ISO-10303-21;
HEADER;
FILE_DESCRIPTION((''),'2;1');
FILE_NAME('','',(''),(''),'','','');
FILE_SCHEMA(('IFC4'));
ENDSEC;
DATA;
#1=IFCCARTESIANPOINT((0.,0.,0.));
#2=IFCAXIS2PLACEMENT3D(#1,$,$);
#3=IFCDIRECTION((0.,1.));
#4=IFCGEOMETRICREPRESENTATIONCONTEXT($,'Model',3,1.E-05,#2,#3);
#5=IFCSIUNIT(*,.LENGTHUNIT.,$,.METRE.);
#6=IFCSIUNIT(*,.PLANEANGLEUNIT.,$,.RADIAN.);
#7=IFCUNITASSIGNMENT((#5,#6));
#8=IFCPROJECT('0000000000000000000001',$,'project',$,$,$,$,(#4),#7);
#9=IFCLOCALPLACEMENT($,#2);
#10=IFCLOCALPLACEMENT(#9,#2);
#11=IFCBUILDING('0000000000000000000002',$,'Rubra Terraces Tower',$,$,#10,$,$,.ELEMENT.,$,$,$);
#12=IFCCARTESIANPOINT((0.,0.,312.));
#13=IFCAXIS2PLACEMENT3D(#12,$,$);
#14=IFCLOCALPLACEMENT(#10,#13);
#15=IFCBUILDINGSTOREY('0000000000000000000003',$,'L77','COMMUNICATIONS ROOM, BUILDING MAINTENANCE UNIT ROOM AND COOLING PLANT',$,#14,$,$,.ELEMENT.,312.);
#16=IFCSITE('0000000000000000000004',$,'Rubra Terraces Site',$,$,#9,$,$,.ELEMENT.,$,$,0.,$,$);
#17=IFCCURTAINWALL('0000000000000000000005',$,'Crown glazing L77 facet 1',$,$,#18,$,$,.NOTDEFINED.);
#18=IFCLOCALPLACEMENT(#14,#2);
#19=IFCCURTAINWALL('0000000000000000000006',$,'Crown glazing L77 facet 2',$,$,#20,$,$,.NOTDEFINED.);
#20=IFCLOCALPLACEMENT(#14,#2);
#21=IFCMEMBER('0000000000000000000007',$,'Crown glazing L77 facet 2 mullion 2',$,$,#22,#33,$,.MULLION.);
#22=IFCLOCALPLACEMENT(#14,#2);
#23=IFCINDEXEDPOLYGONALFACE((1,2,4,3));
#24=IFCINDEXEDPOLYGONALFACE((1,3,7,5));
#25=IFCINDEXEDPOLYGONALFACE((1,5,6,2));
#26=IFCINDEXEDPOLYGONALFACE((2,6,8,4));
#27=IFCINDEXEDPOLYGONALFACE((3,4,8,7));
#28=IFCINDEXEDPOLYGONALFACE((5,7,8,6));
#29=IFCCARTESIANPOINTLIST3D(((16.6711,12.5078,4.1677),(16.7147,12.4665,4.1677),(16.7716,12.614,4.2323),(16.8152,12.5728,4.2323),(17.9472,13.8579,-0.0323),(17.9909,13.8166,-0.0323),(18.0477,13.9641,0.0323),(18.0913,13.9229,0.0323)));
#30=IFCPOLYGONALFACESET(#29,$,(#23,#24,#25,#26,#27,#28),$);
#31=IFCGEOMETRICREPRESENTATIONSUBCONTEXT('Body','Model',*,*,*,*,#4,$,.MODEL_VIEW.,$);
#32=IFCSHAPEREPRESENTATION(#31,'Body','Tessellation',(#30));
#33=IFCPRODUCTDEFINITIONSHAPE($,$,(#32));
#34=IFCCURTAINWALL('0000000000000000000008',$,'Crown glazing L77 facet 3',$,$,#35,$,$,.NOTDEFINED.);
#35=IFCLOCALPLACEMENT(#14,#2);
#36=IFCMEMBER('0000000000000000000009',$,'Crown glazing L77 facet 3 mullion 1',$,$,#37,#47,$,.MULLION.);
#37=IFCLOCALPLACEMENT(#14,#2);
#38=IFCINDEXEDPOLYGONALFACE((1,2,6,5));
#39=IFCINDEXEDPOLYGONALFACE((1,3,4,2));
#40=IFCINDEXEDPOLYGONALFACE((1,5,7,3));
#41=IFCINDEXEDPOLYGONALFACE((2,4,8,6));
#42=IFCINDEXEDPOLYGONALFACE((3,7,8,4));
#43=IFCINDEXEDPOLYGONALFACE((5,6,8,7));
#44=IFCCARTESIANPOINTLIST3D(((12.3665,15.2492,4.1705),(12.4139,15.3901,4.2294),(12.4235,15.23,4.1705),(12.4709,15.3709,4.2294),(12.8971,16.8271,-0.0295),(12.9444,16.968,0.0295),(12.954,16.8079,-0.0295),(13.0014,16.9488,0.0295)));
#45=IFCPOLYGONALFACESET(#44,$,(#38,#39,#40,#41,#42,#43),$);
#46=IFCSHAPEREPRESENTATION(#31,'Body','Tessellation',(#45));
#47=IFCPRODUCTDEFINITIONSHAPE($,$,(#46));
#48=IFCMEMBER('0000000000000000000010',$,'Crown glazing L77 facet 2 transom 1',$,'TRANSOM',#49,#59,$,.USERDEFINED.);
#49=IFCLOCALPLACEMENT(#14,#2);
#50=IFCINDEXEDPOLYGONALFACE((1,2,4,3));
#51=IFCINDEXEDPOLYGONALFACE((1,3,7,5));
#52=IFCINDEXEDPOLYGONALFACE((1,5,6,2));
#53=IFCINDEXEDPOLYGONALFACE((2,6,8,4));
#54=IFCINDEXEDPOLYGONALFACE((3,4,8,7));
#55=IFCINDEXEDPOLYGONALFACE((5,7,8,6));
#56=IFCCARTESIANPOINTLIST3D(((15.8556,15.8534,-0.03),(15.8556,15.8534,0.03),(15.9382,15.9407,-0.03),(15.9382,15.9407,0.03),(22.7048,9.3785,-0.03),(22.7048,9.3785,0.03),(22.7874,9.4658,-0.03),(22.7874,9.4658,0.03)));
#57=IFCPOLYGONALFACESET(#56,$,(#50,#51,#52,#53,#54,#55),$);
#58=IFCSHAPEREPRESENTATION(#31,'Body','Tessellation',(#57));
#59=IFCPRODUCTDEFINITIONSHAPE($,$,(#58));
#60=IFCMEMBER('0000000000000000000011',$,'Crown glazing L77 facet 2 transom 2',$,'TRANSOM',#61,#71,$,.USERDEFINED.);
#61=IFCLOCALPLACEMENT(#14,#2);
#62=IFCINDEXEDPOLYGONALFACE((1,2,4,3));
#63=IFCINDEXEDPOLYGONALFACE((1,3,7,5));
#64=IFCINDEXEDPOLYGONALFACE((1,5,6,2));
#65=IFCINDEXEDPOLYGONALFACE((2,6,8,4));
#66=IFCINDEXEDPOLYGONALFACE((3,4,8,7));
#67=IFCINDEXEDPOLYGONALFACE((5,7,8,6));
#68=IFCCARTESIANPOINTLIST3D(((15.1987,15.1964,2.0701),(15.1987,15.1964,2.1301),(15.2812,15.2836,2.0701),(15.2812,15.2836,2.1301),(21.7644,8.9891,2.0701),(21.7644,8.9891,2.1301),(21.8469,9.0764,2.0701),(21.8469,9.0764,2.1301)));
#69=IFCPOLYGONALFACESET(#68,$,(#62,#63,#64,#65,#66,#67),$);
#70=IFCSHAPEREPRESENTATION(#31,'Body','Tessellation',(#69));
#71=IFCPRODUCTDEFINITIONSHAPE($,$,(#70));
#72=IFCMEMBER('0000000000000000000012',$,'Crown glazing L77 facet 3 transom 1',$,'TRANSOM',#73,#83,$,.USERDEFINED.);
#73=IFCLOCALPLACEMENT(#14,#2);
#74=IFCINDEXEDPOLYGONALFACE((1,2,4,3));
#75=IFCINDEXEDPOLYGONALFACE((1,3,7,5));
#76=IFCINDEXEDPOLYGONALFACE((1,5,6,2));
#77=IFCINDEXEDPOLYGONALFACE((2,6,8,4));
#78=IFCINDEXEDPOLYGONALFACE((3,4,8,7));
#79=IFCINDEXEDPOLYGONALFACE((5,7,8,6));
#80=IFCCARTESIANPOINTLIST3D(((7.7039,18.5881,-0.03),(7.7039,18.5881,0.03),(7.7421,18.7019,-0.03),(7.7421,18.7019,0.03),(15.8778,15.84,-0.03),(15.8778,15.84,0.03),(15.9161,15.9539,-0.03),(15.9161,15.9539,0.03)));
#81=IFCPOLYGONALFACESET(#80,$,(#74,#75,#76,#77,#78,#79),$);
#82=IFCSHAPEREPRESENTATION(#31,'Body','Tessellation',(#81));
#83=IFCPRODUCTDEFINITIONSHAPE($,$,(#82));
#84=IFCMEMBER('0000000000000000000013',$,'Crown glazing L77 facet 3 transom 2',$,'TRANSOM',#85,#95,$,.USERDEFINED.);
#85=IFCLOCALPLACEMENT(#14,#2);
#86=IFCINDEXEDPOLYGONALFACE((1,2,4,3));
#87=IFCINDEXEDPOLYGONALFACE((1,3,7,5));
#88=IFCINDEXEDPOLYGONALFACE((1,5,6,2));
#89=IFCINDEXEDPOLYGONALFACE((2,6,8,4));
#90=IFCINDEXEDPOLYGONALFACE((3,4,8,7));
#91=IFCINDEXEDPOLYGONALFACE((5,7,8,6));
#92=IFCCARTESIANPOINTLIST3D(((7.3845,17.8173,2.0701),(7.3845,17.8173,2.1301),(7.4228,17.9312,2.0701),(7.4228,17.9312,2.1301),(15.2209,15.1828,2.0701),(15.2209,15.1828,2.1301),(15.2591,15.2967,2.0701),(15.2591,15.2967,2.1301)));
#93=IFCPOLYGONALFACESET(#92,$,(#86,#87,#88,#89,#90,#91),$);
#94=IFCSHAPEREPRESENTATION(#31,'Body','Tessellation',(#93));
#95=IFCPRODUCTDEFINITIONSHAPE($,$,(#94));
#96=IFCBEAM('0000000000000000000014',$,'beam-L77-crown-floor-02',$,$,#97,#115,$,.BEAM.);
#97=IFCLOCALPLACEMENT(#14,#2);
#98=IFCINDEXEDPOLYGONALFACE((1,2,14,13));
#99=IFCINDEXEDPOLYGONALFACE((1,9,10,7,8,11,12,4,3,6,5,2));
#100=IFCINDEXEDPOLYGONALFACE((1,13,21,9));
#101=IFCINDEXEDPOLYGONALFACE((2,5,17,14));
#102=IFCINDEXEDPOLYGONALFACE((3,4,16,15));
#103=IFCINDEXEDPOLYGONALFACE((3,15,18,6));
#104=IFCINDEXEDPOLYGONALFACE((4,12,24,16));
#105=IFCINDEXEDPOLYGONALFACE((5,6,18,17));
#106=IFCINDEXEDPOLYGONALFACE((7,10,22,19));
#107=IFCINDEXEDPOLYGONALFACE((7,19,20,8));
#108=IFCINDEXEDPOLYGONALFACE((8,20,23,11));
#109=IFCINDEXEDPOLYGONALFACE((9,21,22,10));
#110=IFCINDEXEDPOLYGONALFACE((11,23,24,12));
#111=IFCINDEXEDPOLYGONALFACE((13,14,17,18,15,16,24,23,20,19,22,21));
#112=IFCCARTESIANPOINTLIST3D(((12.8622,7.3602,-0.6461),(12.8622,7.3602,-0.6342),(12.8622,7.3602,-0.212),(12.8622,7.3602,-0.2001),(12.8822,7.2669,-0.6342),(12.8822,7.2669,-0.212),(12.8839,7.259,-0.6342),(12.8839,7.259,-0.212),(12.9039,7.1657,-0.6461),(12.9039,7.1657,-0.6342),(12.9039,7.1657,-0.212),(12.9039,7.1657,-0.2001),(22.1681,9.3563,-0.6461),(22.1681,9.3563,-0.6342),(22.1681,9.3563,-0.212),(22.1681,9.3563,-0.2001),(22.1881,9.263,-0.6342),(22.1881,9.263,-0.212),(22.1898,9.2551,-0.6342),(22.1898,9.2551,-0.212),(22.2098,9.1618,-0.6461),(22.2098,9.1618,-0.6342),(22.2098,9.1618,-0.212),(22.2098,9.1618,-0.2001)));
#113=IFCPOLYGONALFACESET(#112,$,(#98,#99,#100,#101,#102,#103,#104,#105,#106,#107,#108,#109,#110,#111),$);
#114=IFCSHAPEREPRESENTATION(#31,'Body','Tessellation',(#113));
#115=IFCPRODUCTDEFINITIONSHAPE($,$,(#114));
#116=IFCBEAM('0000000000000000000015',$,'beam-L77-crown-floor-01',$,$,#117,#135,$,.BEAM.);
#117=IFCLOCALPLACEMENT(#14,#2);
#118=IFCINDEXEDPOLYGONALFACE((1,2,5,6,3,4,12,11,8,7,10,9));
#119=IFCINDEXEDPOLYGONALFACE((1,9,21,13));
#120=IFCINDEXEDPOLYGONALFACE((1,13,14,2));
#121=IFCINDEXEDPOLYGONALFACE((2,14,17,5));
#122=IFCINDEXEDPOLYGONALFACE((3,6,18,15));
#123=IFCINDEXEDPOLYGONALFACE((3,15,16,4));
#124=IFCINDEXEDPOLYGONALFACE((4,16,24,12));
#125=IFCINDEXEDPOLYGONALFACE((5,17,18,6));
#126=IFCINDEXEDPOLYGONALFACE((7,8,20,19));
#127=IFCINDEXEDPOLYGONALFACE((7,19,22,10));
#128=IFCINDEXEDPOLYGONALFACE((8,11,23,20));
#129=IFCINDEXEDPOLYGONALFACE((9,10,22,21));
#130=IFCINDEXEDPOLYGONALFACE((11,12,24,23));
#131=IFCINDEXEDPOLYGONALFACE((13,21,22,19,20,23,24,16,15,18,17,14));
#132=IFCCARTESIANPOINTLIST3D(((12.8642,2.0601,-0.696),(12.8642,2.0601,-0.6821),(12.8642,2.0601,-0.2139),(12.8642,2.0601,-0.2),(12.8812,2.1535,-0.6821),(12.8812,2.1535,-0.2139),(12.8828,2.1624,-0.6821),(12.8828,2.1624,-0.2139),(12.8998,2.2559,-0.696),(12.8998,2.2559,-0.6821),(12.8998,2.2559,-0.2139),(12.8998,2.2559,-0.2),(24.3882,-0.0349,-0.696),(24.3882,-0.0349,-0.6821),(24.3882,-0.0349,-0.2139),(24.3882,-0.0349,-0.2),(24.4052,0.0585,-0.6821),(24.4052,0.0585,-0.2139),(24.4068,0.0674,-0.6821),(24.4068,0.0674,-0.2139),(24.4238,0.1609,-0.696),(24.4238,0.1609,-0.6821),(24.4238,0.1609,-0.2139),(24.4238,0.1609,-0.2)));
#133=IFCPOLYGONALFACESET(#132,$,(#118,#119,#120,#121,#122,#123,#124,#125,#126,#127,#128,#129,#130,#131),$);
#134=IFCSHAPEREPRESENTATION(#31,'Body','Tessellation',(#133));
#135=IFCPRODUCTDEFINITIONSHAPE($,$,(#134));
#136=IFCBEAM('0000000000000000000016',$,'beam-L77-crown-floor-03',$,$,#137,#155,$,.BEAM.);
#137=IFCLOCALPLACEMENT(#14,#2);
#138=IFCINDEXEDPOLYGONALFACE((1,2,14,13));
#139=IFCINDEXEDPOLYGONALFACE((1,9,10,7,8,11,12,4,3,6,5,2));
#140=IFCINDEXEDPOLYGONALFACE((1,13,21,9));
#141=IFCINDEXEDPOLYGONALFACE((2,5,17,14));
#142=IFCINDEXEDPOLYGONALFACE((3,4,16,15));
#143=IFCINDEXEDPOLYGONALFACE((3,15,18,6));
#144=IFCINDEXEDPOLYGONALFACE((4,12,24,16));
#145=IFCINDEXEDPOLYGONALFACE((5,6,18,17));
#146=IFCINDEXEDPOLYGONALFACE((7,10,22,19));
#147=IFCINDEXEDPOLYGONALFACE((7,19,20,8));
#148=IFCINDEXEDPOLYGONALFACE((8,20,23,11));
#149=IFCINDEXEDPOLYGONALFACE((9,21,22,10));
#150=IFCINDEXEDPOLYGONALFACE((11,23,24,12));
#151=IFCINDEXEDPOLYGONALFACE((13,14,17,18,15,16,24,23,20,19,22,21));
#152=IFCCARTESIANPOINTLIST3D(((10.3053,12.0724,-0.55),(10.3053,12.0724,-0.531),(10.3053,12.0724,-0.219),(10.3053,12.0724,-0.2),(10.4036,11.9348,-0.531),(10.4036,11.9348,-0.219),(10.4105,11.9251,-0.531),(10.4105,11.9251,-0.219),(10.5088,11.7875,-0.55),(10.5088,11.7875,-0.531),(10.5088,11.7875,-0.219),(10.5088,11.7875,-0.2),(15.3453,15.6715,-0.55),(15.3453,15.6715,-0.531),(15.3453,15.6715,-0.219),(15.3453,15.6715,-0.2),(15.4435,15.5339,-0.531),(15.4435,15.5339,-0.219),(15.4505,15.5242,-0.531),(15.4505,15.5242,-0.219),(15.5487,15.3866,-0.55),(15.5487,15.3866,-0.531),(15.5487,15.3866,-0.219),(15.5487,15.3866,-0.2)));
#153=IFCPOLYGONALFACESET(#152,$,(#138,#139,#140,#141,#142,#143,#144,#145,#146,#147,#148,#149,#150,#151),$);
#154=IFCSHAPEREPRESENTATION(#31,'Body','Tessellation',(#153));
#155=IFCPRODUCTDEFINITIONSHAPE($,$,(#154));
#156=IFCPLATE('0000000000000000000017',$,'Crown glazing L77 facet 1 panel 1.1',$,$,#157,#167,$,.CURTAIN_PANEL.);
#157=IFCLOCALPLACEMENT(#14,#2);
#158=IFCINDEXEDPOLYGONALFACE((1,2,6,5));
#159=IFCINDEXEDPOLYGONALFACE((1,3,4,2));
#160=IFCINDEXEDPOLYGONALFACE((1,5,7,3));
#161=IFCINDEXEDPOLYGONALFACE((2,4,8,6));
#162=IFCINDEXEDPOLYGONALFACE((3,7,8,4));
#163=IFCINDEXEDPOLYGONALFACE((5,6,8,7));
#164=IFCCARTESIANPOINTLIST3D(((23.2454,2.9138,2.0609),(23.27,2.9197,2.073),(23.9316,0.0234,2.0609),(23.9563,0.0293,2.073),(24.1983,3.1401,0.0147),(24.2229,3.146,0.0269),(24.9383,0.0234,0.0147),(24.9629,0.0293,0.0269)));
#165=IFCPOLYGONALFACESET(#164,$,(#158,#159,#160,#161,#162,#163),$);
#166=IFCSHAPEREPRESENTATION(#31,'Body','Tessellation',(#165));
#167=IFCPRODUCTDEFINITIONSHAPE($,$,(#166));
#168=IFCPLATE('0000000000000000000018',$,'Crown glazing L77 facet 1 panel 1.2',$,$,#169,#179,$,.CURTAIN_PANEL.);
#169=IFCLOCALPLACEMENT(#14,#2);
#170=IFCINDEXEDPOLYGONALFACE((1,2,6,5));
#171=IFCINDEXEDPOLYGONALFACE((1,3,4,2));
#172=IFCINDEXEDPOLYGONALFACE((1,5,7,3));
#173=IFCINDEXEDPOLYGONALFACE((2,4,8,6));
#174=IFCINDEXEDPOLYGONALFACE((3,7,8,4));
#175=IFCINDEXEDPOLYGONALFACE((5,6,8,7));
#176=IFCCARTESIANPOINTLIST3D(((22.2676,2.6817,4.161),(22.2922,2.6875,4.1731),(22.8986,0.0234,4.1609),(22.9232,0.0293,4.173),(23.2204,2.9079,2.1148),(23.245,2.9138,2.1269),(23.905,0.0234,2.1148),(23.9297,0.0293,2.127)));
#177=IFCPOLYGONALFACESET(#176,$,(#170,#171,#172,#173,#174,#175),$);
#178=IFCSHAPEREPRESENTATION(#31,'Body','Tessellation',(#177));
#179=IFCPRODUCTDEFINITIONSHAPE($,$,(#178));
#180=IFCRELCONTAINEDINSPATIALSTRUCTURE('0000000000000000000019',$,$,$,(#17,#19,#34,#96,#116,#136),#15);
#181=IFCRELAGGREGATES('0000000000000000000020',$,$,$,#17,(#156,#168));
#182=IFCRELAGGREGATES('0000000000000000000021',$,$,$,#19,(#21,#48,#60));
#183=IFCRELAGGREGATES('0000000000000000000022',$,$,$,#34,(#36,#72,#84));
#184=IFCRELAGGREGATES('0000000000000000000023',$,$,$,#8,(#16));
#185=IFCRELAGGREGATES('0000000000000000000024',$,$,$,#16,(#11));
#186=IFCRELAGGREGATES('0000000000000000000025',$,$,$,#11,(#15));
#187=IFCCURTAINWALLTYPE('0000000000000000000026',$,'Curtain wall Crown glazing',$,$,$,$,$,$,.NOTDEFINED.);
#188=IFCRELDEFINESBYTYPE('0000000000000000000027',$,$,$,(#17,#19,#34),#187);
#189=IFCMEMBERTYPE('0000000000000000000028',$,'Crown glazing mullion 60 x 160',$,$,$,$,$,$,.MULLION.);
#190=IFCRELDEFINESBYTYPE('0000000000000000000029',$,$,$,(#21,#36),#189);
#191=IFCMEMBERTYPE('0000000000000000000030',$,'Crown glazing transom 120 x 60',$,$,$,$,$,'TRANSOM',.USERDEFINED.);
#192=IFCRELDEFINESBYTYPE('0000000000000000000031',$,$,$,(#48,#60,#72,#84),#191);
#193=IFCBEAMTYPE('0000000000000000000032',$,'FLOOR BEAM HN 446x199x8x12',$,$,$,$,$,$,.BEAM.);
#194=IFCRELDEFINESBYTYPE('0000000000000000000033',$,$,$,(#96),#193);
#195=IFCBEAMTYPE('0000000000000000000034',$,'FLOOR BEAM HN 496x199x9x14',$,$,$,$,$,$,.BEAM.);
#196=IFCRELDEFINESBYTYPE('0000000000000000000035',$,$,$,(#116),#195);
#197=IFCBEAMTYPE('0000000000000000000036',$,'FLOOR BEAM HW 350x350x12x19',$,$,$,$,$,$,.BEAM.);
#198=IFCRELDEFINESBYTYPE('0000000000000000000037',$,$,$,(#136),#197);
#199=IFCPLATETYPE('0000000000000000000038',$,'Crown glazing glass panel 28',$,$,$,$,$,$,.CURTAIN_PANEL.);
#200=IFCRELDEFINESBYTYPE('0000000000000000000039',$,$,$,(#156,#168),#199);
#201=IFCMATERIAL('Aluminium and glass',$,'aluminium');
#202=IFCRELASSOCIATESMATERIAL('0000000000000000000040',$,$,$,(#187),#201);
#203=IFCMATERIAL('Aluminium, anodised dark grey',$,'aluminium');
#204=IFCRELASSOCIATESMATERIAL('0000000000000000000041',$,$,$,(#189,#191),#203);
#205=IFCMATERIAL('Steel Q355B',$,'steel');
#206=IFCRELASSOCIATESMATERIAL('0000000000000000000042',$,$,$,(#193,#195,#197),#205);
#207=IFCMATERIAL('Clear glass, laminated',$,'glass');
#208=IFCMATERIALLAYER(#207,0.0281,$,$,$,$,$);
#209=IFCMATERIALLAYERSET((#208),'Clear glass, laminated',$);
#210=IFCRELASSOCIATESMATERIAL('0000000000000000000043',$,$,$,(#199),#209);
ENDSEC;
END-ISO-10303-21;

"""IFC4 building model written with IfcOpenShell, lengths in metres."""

from ifc_helpers import new_model, si_unit, direction, frame, origin, origin_2d, place, context, subcontext, project, spatial, polyline, rectangle, i_section, outline, extrude, material, layer, layer_set, material_profile, profile_set, type_object, element, aggregate, save


model = new_model("IFC4")

# Units and contexts
model_context = context("Model", 3, precision=1e-05, world=origin(), true_north=direction((0.0, 1.0)))
body_context = subcontext(model_context, "Body", "Model", "MODEL_VIEW")
ifc_project = project(units=[si_unit("LENGTHUNIT", "METRE"), si_unit("PLANEANGLEUNIT", "RADIAN")], contexts=[model_context])

# Site, building, storey
site_placement = place(None, origin())
site = spatial("IfcSite", under=ifc_project, at=site_placement, Name="Rubra Terraces Site", CompositionType="ELEMENT", RefElevation=0.0)
building_placement = place(site_placement, origin())
building = spatial("IfcBuilding", under=site, at=building_placement, Name="Rubra Terraces Tower", CompositionType="ELEMENT")
storey_placement = place(building_placement, frame((0.0, 0.0, 312.0)))
storey = spatial("IfcBuildingStorey", under=building, at=storey_placement, Name="L77", Description="COMMUNICATIONS ROOM, BUILDING MAINTENANCE UNIT ROOM AND COOLING PLANT", CompositionType="ELEMENT", Elevation=312.0)

# Shared definitions
ifc_material_1 = material(Name="Steel Q355B", Category="steel")

# Curtain walls, member
ifc_material_2 = material(Name="Aluminium and glass", Category="aluminium")
curtain_wall_type = type_object("IfcCurtainWallType", Name="Curtain wall Crown glazing", PredefinedType="NOTDEFINED", material=ifc_material_2)
curtain_wall_1_placement = place(storey_placement, origin())
curtain_wall_1 = element("IfcCurtainWall", 1, at=curtain_wall_1_placement, inside=storey, type_object=curtain_wall_type, Name="Crown glazing L77 facet 1", PredefinedType="NOTDEFINED")
ifc_material_3 = material(Name="Aluminium, anodised dark grey", Category="aluminium")
ifc_material_profile_1 = material_profile(ifc_material_3, rectangle(XDim=0.0601, YDim=0.1599, at=origin_2d()), Name="AL 60x160")
ifc_profile_set_1 = profile_set([ifc_material_profile_1], Name="Aluminium, anodised dark grey")
member_type_1 = type_object("IfcMemberType", Name="Crown glazing mullion 60 x 160", PredefinedType="MULLION", material=ifc_profile_set_1)
curtain_wall_2_placement = place(storey_placement, origin())
curtain_wall_2 = element("IfcCurtainWall", 2, at=curtain_wall_2_placement, inside=storey, type_object=curtain_wall_type, Name="Crown glazing L77 facet 2", PredefinedType="NOTDEFINED")
member_1_placement = place(storey_placement, frame((18.0193, 13.8904, 0.0), z_axis=(-0.277873, -0.29398, 0.914529), x_axis=(0.726736, -0.686917, 0.0)))
member_1 = element("IfcMember", 3, at=member_1_placement, type_object=member_type_1, Name="Crown glazing L77 facet 2 mullion 2", PredefinedType="MULLION", context=body_context, shape_type="SweptSolid", body=[
    extrude(rectangle(XDim=0.0601, YDim=0.1599, at=origin_2d()), origin(), (0.0, 0.0, 1.0), 4.5925),
])

# Curtain wall, member
curtain_wall_3_placement = place(storey_placement, origin())
curtain_wall_3 = element("IfcCurtainWall", 4, at=curtain_wall_3_placement, inside=storey, type_object=curtain_wall_type, Name="Crown glazing L77 facet 3", PredefinedType="NOTDEFINED")
member_2_placement = place(storey_placement, frame((12.9492, 16.8879, 0.0), z_axis=(-0.117428, -0.349257, 0.92964), x_axis=(0.947859, -0.318691, 0.0)))
member_2 = element("IfcMember", 5, at=member_2_placement, type_object=member_type_1, Name="Crown glazing L77 facet 3 mullion 1", PredefinedType="MULLION", context=body_context, shape_type="SweptSolid", body=[
    extrude(rectangle(XDim=0.0601, YDim=0.1599, at=origin_2d()), origin(), (0.0, 0.0, 1.0), 4.5178),
])

# Members
ifc_material_profile_2 = material_profile(ifc_material_3, rectangle(XDim=0.1201, YDim=0.0601, at=origin_2d()), Name="AL 120x60")
ifc_profile_set_2 = profile_set([ifc_material_profile_2], Name="Aluminium, anodised dark grey")
member_type_2 = type_object("IfcMemberType", Name="Crown glazing transom 120 x 60", ElementType="TRANSOM", PredefinedType="USERDEFINED", material=ifc_profile_set_2)
member_3_placement = place(storey_placement, frame((22.7461, 9.4221, 0.0), z_axis=(-0.726683, 0.686973, 0.0), x_axis=(-0.686973, -0.726683, 0.0)))
member_3 = element("IfcMember", 6, at=member_3_placement, type_object=member_type_2, Name="Crown glazing L77 facet 2 transom 1", ObjectType="TRANSOM", PredefinedType="USERDEFINED", context=body_context, shape_type="SweptSolid", body=[
    extrude(rectangle(XDim=0.1201, YDim=0.0601, at=origin_2d()), origin(), (0.0, 0.0, 1.0), 9.4253),
])
member_4_placement = place(storey_placement, frame((21.8057, 9.0327, 2.1001), z_axis=(-0.726662, 0.686996, 0.0), x_axis=(-0.686996, -0.726662, 0.0)))
member_4 = element("IfcMember", 7, at=member_4_placement, type_object=member_type_2, Name="Crown glazing L77 facet 2 transom 2", ObjectType="TRANSOM", PredefinedType="USERDEFINED", context=body_context, shape_type="SweptSolid", body=[
    extrude(rectangle(XDim=0.1201, YDim=0.0601, at=origin_2d()), origin(), (0.0, 0.0, 1.0), 9.0354),
])
member_5_placement = place(storey_placement, frame((15.897, 15.897, 0.0), z_axis=(-0.947868, 0.318664, 0.0), x_axis=(-0.318664, -0.947868, 0.0)))
member_5 = element("IfcMember", 8, at=member_5_placement, type_object=member_type_2, Name="Crown glazing L77 facet 3 transom 1", ObjectType="TRANSOM", PredefinedType="USERDEFINED", context=body_context, shape_type="SweptSolid", body=[
    extrude(rectangle(XDim=0.1201, YDim=0.0601, at=origin_2d()), origin(), (0.0, 0.0, 1.0), 8.6235),
])
member_6_placement = place(storey_placement, frame((15.24, 15.2397, 2.1001), z_axis=(-0.947868, 0.318663, 0.0), x_axis=(-0.318663, -0.947868, 0.0)))
member_6 = element("IfcMember", 9, at=member_6_placement, type_object=member_type_2, Name="Crown glazing L77 facet 3 transom 2", ObjectType="TRANSOM", PredefinedType="USERDEFINED", context=body_context, shape_type="SweptSolid", body=[
    extrude(rectangle(XDim=0.1201, YDim=0.0601, at=origin_2d()), origin(), (0.0, 0.0, 1.0), 8.2673),
])

# Beams
ifc_material_profile_3 = material_profile(ifc_material_1, i_section(OverallWidth=0.199, OverallDepth=0.446, WebThickness=0.0081, FlangeThickness=0.012, at=origin_2d()), Name="HN 446x199x8x12")
ifc_profile_set_3 = profile_set([ifc_material_profile_3], Name="Steel Q355B")
beam_type_1 = type_object("IfcBeamType", Name="FLOOR BEAM HN 446x199x8x12", PredefinedType="BEAM", material=ifc_profile_set_3)
beam_1_placement = place(storey_placement, frame((22.189, 9.259, -0.4231), z_axis=(-0.97776, -0.209727, 0.0), x_axis=(0.209727, -0.97776, 0.0)))
element("IfcBeam", 10, at=beam_1_placement, inside=storey, type_object=beam_type_1, Name="beam-L77-crown-floor-02", PredefinedType="BEAM", context=body_context, shape_type="SweptSolid", body=[
    extrude(i_section(OverallWidth=0.199, OverallDepth=0.446, WebThickness=0.0081, FlangeThickness=0.012, at=origin_2d()), origin(), (0.0, 0.0, 1.0), 9.5176),
])
ifc_material_profile_4 = material_profile(ifc_material_1, i_section(OverallWidth=0.199, OverallDepth=0.4961, WebThickness=0.009, FlangeThickness=0.0139, at=origin_2d()), Name="HN 496x199x9x14")
ifc_profile_set_4 = profile_set([ifc_material_profile_4], Name="Steel Q355B")
beam_type_2 = type_object("IfcBeamType", Name="FLOOR BEAM HN 496x199x9x14", PredefinedType="BEAM", material=ifc_profile_set_4)
beam_2_placement = place(storey_placement, frame((24.406, 0.063, -0.448), z_axis=(-0.983874, 0.178862, 0.0), x_axis=(-0.178862, -0.983874, 0.0)))
element("IfcBeam", 11, at=beam_2_placement, inside=storey, type_object=beam_type_2, Name="beam-L77-crown-floor-01", PredefinedType="BEAM", context=body_context, shape_type="SweptSolid", body=[
    extrude(i_section(OverallWidth=0.199, OverallDepth=0.4961, WebThickness=0.009, FlangeThickness=0.0139, at=origin_2d()), origin(), (0.0, 0.0, 1.0), 11.7129),
])
ifc_material_profile_5 = material_profile(ifc_material_1, i_section(OverallWidth=0.3501, OverallDepth=0.3501, WebThickness=0.012, FlangeThickness=0.019, at=origin_2d()), Name="HW 350x350x12x19")
ifc_profile_set_5 = profile_set([ifc_material_profile_5], Name="Steel Q355B")
beam_type_3 = type_object("IfcBeamType", Name="FLOOR BEAM HW 350x350x12x19", PredefinedType="BEAM", material=ifc_profile_set_5)
beam_3_placement = place(storey_placement, frame((15.447, 15.5291, -0.375), z_axis=(-0.813803, -0.581141, 0.0), x_axis=(0.581141, -0.813803, 0.0)))
element("IfcBeam", 12, at=beam_3_placement, inside=storey, type_object=beam_type_3, Name="beam-L77-crown-floor-03", PredefinedType="BEAM", context=body_context, shape_type="SweptSolid", body=[
    extrude(i_section(OverallWidth=0.3501, OverallDepth=0.3501, WebThickness=0.012, FlangeThickness=0.019, at=origin_2d()), origin(), (0.0, 0.0, 1.0), 6.1931),
])

# Plates
ifc_material_4 = material(Name="Clear glass, laminated", Category="glass")
ifc_layer_1 = layer(ifc_material_4, 0.0281)
ifc_layer_set_1 = layer_set([ifc_layer_1], Name="Clear glass, laminated")
plate_type = type_object("IfcPlateType", Name="Crown glazing glass panel 28", PredefinedType="CURTAIN_PANEL", material=ifc_layer_set_1)
plate_1_placement = place(storey_placement, frame((24.9629, 0.0293, 0.0269), z_axis=(0.877601, 0.20837, 0.431738), x_axis=(-0.231009, 0.972952, -0.000001)))
plate_1 = element("IfcPlate", 13, at=plate_1_placement, type_object=plate_type, Name="Crown glazing L77 facet 1 panel 1.1", PredefinedType="CURTAIN_PANEL", context=body_context, shape_type="SweptSolid", body=[
    extrude(outline(polyline([(0.0, 0.0), (3.2033, 0.0), (3.2033, 2.2685), (0.2325, 2.2684), (0.0, 0.0)])), origin(), (0.0, 0.0, -1.0), 0.0281),
])
plate_2_placement = place(storey_placement, frame((23.9297, 0.0293, 2.127), z_axis=(0.877632, 0.208323, 0.431698), x_axis=(-0.230945, 0.972967, -0.000016)))
plate_2 = element("IfcPlate", 14, at=plate_2_placement, type_object=plate_type, Name="Crown glazing L77 facet 1 panel 1.2", PredefinedType="CURTAIN_PANEL", context=body_context, shape_type="SweptSolid", body=[
    extrude(outline(polyline([(0.0, 0.0), (2.9646, 0.0), (2.9645, 2.2685), (0.2324, 2.2684), (0.0, 0.0)])), origin(), (0.0, 0.0, -1.0), 0.0281),
])
aggregate(curtain_wall_1, [plate_1, plate_2])
aggregate(curtain_wall_2, [member_1, member_3, member_4])
aggregate(curtain_wall_3, [member_2, member_5, member_6])

save(model, "model.ifc")
